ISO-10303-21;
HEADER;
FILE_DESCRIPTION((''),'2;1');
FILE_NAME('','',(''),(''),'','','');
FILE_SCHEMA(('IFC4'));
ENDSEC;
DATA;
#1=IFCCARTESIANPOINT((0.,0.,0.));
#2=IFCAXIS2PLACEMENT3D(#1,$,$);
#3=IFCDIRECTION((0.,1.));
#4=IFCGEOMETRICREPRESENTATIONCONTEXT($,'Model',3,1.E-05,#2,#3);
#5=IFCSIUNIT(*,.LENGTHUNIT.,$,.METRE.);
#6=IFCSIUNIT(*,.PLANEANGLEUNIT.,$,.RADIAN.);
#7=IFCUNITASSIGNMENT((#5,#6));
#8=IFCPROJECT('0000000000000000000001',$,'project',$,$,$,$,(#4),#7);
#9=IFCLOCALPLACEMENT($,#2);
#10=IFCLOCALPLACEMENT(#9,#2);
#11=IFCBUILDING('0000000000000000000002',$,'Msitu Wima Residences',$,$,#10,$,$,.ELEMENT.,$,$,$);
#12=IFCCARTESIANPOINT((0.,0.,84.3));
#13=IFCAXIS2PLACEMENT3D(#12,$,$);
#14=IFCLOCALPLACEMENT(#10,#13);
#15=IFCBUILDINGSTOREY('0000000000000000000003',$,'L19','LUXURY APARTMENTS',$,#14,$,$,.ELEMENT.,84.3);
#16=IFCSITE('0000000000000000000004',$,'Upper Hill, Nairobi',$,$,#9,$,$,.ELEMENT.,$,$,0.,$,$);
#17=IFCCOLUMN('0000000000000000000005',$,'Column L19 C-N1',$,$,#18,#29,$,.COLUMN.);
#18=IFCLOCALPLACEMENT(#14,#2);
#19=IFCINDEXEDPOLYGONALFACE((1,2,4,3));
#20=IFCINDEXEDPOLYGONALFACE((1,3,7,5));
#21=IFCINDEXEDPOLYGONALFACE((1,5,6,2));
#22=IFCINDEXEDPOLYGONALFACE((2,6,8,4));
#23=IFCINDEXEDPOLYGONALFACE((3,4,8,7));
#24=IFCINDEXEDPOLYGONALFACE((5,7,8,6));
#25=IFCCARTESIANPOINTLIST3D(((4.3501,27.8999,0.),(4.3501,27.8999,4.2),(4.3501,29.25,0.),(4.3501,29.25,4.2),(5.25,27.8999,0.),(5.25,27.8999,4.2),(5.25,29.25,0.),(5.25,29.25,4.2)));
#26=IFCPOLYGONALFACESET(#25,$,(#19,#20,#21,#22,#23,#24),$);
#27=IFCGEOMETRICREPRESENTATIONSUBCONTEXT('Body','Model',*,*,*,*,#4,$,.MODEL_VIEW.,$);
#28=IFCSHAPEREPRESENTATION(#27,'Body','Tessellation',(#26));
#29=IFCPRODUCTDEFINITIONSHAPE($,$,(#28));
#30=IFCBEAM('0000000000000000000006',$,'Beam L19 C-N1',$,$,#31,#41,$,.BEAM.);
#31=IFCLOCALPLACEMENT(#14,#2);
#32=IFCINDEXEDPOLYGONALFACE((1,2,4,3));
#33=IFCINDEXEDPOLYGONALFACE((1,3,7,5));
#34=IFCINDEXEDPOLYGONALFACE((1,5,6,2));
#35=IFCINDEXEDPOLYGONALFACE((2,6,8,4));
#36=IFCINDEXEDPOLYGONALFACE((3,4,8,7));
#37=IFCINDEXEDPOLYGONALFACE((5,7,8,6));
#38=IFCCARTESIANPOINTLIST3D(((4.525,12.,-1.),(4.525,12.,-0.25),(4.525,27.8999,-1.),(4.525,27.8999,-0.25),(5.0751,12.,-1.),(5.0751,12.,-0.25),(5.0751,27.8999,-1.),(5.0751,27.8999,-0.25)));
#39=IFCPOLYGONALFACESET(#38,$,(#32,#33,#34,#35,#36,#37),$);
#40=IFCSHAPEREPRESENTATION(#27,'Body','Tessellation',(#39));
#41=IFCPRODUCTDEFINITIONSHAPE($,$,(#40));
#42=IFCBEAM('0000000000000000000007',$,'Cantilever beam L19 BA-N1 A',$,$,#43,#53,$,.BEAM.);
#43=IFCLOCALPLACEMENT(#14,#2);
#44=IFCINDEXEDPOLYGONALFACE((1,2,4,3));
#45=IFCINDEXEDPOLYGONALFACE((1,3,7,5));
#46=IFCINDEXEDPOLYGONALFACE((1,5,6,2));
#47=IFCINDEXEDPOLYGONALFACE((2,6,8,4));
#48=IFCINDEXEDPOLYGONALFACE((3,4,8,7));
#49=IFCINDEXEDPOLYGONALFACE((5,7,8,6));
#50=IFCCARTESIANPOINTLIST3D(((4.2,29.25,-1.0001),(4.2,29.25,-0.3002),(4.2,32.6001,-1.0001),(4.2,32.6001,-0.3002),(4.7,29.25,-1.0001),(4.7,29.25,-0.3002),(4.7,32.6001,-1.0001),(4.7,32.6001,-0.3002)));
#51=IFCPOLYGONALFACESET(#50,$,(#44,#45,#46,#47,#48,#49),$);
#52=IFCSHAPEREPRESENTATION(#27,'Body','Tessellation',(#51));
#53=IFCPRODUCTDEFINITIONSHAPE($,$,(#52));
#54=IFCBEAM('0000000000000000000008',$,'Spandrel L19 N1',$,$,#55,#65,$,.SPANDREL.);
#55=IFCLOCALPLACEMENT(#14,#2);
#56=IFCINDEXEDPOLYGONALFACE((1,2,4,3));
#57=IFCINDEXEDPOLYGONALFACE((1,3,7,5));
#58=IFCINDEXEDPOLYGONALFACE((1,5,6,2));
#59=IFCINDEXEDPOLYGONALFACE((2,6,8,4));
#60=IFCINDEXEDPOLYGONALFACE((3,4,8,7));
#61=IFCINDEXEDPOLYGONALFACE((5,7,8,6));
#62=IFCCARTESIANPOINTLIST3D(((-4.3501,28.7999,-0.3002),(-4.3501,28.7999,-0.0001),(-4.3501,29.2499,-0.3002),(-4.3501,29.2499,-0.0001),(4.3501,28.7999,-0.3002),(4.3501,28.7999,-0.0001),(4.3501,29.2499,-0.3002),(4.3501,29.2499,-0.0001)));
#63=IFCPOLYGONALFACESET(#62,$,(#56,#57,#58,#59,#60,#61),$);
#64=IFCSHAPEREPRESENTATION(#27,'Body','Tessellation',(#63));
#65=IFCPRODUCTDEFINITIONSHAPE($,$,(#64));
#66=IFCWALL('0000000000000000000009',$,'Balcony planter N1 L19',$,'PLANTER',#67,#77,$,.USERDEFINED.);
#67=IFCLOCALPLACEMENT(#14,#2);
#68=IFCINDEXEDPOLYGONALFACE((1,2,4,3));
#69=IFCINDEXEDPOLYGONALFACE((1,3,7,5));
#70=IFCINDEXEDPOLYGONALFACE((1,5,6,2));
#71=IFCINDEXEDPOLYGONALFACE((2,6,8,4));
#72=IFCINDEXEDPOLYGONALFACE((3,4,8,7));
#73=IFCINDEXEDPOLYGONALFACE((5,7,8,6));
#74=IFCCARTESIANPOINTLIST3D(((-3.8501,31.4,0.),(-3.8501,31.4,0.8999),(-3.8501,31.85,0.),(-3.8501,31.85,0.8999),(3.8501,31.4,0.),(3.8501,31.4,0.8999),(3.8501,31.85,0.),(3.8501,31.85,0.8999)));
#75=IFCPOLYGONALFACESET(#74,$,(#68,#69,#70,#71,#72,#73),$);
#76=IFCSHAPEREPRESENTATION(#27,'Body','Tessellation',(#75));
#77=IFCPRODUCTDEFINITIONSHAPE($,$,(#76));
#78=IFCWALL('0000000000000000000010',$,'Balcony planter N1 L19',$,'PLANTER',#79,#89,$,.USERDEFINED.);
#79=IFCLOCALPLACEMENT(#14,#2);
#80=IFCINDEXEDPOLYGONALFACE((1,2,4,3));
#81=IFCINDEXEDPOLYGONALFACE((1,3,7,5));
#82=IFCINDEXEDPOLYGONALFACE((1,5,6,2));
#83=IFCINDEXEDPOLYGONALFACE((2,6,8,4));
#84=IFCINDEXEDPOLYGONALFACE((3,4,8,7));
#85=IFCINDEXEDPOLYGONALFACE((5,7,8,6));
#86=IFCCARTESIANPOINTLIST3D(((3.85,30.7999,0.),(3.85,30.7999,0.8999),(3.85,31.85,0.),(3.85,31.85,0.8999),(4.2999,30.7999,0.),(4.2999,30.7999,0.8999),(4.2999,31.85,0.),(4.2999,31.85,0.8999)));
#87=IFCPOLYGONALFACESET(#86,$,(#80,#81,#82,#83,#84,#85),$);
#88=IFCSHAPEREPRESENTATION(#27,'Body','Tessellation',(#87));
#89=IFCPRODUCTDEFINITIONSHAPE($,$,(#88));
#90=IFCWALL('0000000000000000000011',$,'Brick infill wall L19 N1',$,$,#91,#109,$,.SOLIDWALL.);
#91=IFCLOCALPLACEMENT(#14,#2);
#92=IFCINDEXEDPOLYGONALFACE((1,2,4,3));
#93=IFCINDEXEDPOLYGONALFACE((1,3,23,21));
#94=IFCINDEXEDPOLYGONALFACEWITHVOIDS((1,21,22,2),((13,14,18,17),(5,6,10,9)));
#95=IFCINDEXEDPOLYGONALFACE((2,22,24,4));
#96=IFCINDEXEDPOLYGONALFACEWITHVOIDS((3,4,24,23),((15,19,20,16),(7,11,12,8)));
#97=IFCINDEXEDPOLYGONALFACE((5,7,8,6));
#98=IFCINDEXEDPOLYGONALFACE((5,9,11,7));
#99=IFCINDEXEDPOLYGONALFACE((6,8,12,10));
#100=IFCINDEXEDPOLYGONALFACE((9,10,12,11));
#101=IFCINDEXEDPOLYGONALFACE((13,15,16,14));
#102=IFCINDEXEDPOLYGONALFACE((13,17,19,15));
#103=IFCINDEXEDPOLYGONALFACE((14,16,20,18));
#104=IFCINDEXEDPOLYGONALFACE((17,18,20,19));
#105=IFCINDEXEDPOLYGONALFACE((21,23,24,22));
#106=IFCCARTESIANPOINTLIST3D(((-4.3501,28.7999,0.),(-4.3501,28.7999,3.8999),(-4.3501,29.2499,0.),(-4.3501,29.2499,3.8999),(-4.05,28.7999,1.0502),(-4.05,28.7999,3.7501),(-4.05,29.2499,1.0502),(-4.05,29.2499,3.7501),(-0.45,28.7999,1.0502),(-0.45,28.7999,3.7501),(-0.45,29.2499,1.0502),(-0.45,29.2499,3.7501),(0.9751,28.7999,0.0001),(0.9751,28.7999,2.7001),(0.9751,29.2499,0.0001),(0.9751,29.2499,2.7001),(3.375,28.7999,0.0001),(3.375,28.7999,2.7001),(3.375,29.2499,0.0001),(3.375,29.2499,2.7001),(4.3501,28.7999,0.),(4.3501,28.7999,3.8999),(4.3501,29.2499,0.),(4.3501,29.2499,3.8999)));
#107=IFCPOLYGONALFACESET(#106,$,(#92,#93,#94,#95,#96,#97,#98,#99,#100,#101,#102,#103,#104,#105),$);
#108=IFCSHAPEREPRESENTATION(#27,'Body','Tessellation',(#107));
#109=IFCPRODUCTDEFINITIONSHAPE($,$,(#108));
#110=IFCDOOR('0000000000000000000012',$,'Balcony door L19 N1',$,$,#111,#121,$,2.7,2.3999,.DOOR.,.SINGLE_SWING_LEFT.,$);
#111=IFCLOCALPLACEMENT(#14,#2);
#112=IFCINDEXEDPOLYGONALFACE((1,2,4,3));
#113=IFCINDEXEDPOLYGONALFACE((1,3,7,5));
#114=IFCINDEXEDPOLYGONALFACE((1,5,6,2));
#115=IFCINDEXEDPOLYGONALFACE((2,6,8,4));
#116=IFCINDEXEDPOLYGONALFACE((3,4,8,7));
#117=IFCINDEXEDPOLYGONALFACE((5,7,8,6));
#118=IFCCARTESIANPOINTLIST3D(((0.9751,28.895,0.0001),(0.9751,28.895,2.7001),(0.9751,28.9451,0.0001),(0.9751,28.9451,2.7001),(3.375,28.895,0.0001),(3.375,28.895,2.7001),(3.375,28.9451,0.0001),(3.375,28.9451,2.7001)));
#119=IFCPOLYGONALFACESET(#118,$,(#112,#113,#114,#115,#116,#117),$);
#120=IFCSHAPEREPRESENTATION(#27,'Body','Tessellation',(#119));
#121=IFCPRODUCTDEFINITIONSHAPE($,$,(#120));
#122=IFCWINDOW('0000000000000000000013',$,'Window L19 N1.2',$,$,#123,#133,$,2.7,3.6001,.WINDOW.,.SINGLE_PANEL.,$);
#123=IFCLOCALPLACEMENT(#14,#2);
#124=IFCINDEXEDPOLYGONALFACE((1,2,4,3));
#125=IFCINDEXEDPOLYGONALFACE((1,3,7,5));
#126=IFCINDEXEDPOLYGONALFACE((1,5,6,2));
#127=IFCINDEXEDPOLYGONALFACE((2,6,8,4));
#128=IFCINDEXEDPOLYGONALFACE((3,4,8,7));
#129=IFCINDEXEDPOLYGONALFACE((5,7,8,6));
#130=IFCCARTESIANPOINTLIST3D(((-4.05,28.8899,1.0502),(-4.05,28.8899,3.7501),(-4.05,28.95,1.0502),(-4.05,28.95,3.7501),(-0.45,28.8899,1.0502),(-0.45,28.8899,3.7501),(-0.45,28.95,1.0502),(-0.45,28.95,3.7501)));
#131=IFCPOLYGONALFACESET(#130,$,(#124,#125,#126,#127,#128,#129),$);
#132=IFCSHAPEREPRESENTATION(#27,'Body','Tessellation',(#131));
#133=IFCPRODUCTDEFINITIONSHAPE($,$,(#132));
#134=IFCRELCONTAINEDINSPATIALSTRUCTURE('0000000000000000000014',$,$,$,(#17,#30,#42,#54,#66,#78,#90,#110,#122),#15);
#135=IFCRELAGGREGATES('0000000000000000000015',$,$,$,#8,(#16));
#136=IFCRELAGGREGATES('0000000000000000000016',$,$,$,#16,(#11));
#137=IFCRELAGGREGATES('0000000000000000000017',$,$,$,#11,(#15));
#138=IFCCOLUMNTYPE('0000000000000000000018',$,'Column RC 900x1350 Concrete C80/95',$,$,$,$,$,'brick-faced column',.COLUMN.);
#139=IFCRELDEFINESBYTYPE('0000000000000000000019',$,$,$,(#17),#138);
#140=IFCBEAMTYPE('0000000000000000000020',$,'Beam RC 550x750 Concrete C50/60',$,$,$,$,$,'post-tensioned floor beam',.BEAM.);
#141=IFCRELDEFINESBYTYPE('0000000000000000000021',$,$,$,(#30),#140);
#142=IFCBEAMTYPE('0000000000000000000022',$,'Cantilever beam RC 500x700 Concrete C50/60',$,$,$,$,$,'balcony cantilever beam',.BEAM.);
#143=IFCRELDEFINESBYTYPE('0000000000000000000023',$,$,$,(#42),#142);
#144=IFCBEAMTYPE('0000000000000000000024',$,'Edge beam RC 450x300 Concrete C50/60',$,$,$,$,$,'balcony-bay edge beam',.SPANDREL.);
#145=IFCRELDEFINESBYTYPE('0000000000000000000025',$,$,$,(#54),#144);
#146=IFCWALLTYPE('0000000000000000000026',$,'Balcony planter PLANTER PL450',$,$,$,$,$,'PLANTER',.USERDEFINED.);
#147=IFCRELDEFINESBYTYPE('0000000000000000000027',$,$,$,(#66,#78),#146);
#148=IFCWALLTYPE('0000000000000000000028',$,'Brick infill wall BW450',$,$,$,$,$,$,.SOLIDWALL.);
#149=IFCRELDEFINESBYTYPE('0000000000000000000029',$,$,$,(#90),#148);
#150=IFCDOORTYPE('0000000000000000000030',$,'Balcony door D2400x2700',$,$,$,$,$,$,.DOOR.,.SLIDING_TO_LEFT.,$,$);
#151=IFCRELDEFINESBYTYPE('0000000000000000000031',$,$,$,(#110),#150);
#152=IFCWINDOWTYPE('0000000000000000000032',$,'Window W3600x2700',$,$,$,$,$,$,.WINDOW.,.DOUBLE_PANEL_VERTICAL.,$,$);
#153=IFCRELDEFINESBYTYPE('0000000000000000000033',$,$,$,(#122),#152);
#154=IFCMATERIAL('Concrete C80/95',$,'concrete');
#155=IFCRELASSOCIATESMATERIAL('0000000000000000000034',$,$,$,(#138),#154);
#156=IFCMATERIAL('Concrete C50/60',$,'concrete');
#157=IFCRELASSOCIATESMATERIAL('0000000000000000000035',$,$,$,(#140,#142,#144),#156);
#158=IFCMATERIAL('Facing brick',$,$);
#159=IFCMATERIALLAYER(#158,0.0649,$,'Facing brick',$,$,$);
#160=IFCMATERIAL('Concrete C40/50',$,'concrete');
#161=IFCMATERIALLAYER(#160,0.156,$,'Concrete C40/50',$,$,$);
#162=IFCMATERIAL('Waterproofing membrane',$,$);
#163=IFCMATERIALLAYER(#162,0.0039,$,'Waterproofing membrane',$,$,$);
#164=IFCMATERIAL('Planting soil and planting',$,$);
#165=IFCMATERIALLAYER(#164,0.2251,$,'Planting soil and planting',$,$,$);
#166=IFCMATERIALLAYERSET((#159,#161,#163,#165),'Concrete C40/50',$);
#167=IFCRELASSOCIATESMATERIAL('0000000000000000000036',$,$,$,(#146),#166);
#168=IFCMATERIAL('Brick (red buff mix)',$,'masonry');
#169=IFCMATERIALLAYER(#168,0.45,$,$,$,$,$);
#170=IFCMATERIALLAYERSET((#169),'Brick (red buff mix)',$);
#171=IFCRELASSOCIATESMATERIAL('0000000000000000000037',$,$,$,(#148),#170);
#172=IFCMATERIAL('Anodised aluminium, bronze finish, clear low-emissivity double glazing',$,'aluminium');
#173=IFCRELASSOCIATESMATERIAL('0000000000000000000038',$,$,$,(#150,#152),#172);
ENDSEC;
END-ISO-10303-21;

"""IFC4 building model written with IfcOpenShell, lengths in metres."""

from ifc_helpers import new_model, si_unit, direction, frame, frame_2d, origin, origin_2d, place, context, subcontext, project, spatial, rectangle, extrude, material, layer, layer_set, material_profile, profile_set, type_object, element, fill, save


model = new_model("IFC4")

# Units and contexts
model_context = context("Model", 3, precision=1e-05, world=origin(), true_north=direction((0.0, 1.0)))
body_context = subcontext(model_context, "Body", "Model", "MODEL_VIEW")
ifc_project = project(units=[si_unit("LENGTHUNIT", "METRE"), si_unit("PLANEANGLEUNIT", "RADIAN")], contexts=[model_context])

# Site, building, storey
site_placement = place(None, origin())
site = spatial("IfcSite", under=ifc_project, at=site_placement, Name="Upper Hill, Nairobi", CompositionType="ELEMENT", RefElevation=0.0)
building_placement = place(site_placement, origin())
building = spatial("IfcBuilding", under=site, at=building_placement, Name="Msitu Wima Residences", CompositionType="ELEMENT")
storey_placement = place(building_placement, frame((0.0, 0.0, 84.3)))
storey = spatial("IfcBuildingStorey", under=building, at=storey_placement, Name="L19", Description="LUXURY APARTMENTS", CompositionType="ELEMENT", Elevation=84.3)

# Column
ifc_material_1 = material(Name="Concrete C80/95", Category="concrete")
ifc_material_profile_1 = material_profile(ifc_material_1, rectangle(XDim=0.8999, YDim=1.3501, at=origin_2d()), Name="RC 900x1350")
ifc_profile_set_1 = profile_set([ifc_material_profile_1], Name="Concrete C80/95")
column_type = type_object("IfcColumnType", Name="Column RC 900x1350 Concrete C80/95", ElementType="brick-faced column", PredefinedType="COLUMN", material=ifc_profile_set_1)
column_placement = place(storey_placement, frame((4.8, 28.575, 0.0), z_axis=(0.0, 0.0, 1.0), x_axis=(-1.0, 0.0, 0.0)))
element("IfcColumn", 1, at=column_placement, inside=storey, type_object=column_type, Name="Column L19 C-N1", PredefinedType="COLUMN", context=body_context, shape_type="SweptSolid", body=[
    extrude(rectangle(XDim=0.8999, YDim=1.3501, at=origin_2d()), origin(), (0.0, 0.0, 1.0), 4.2),
])

# Beams
ifc_material_2 = material(Name="Concrete C50/60", Category="concrete")
ifc_material_profile_2 = material_profile(ifc_material_2, rectangle(XDim=0.55, YDim=0.75, at=origin_2d()), Name="RC 550x750")
ifc_profile_set_2 = profile_set([ifc_material_profile_2], Name="Concrete C50/60")
beam_type_1 = type_object("IfcBeamType", Name="Beam RC 550x750 Concrete C50/60", ElementType="post-tensioned floor beam", PredefinedType="BEAM", material=ifc_profile_set_2)
beam_1_placement = place(storey_placement, frame((4.8, 27.8999, -0.625), z_axis=(0.0, -1.0, 0.0), x_axis=(1.0, 0.0, 0.0)))
element("IfcBeam", 2, at=beam_1_placement, inside=storey, type_object=beam_type_1, Name="Beam L19 C-N1", PredefinedType="BEAM", context=body_context, shape_type="SweptSolid", body=[
    extrude(rectangle(XDim=0.55, YDim=0.75, at=origin_2d()), origin(), (0.0, 0.0, 1.0), 15.8999),
])
ifc_material_profile_3 = material_profile(ifc_material_2, rectangle(XDim=0.5, YDim=0.7, at=origin_2d()), Name="RC 500x700")
ifc_profile_set_3 = profile_set([ifc_material_profile_3], Name="Concrete C50/60")
beam_type_2 = type_object("IfcBeamType", Name="Cantilever beam RC 500x700 Concrete C50/60", ElementType="balcony cantilever beam", PredefinedType="BEAM", material=ifc_profile_set_3)
beam_2_placement = place(storey_placement, frame((4.45, 29.25, -0.6501), z_axis=(0.0, 1.0, 0.0), x_axis=(-1.0, 0.0, 0.0)))
element("IfcBeam", 3, at=beam_2_placement, inside=storey, type_object=beam_type_2, Name="Cantilever beam L19 BA-N1 A", PredefinedType="BEAM", context=body_context, shape_type="SweptSolid", body=[
    extrude(rectangle(XDim=0.5, YDim=0.7, at=origin_2d()), origin(), (0.0, 0.0, 1.0), 3.3501),
])
ifc_material_profile_4 = material_profile(ifc_material_2, rectangle(XDim=0.45, YDim=0.3, at=origin_2d()), Name="RC 450x300")
ifc_profile_set_4 = profile_set([ifc_material_profile_4], Name="Concrete C50/60")
beam_type_3 = type_object("IfcBeamType", Name="Edge beam RC 450x300 Concrete C50/60", ElementType="balcony-bay edge beam", PredefinedType="SPANDREL", material=ifc_profile_set_4)
beam_3_placement = place(storey_placement, frame((4.3501, 29.0249, -0.1501), z_axis=(-1.0, 0.0, 0.0), x_axis=(0.0, -1.0, 0.0)))
element("IfcBeam", 4, at=beam_3_placement, inside=storey, type_object=beam_type_3, Name="Spandrel L19 N1", PredefinedType="SPANDREL", context=body_context, shape_type="SweptSolid", body=[
    extrude(rectangle(XDim=0.45, YDim=0.3, at=origin_2d()), origin(), (0.0, 0.0, 1.0), 8.7002),
])

# Walls
ifc_material_3 = material(Name="Facing brick")
ifc_layer_1 = layer(ifc_material_3, 0.0649, Name="Facing brick")
ifc_material_4 = material(Name="Concrete C40/50", Category="concrete")
ifc_layer_2 = layer(ifc_material_4, 0.156, Name="Concrete C40/50")
ifc_material_5 = material(Name="Waterproofing membrane")
ifc_layer_3 = layer(ifc_material_5, 0.0039, Name="Waterproofing membrane")
ifc_material_6 = material(Name="Planting soil and planting")
ifc_layer_4 = layer(ifc_material_6, 0.2251, Name="Planting soil and planting")
ifc_layer_set_1 = layer_set([ifc_layer_1, ifc_layer_2, ifc_layer_3, ifc_layer_4], Name="Concrete C40/50")
wall_type_1 = type_object("IfcWallType", Name="Balcony planter PLANTER PL450", ElementType="PLANTER", PredefinedType="USERDEFINED", material=ifc_layer_set_1)
wall_1_placement = place(storey_placement, frame((3.8501, 31.625, 0.0), z_axis=(0.0, 0.0, 1.0), x_axis=(-1.0, 0.0, 0.0)))
element("IfcWall", 5, at=wall_1_placement, inside=storey, type_object=wall_type_1, Name="Balcony planter N1 L19", ObjectType="PLANTER", PredefinedType="USERDEFINED", context=body_context, shape_type="SweptSolid", body=[
    extrude(rectangle(XDim=7.7002, YDim=0.45, at=frame_2d((3.8501, 0.0))), origin(), (0.0, 0.0, 1.0), 0.8999),
])
wall_2_placement = place(storey_placement, frame((4.075, 30.8, 0.0), z_axis=(0.0, 0.0, 1.0), x_axis=(0.0, 1.0, 0.0)))
element("IfcWall", 6, at=wall_2_placement, inside=storey, type_object=wall_type_1, Name="Balcony planter N1 L19", ObjectType="PLANTER", PredefinedType="USERDEFINED", context=body_context, shape_type="SweptSolid", body=[
    extrude(rectangle(XDim=1.05, YDim=0.45, at=frame_2d((0.5249, 0.0))), origin(), (0.0, 0.0, 1.0), 0.8999),
])

# Wall, openings, door, window
ifc_material_7 = material(Name="Brick (red buff mix)", Category="masonry")
ifc_layer_5 = layer(ifc_material_7, 0.45)
ifc_layer_set_2 = layer_set([ifc_layer_5], Name="Brick (red buff mix)")
wall_type_2 = type_object("IfcWallType", Name="Brick infill wall BW450", PredefinedType="SOLIDWALL", material=ifc_layer_set_2)
wall_3_placement = place(storey_placement, frame((4.3501, 29.0249, 0.0), z_axis=(0.0, 0.0, 1.0), x_axis=(-1.0, 0.0, 0.0)))
wall_3 = element("IfcWall", 7, at=wall_3_placement, inside=storey, type_object=wall_type_2, Name="Brick infill wall L19 N1", PredefinedType="SOLIDWALL", context=body_context, shape_type="SweptSolid", body=[
    extrude(rectangle(XDim=8.7002, YDim=0.45, at=frame_2d((4.3501, 0.0))), origin(), (0.0, 0.0, 1.0), 3.8999),
])
opening_1_placement = place(wall_3_placement, frame((0.9751, 0.0, 0.0)))
opening_1 = element("IfcOpeningElement", 8, at=opening_1_placement, cuts=wall_3, PredefinedType="OPENING", context=body_context, shape_type="SweptSolid", body=[
    extrude(rectangle(XDim=2.3999, YDim=2.7, at=frame_2d((1.2, 1.3501))), frame((0.0, 0.2349, 0.0), z_axis=(0.0, -1.0, 0.0), x_axis=(1.0, 0.0, 0.0)), (0.0, 0.0, 1.0), 0.47),
])
opening_2_placement = place(wall_3_placement, frame((4.8, 0.0, 1.05)))
opening_2 = element("IfcOpeningElement", 9, at=opening_2_placement, cuts=wall_3, PredefinedType="OPENING", context=body_context, shape_type="SweptSolid", body=[
    extrude(rectangle(XDim=3.6001, YDim=2.7, at=frame_2d((1.8, 1.3501))), frame((0.0, 0.2349, 0.0), z_axis=(0.0, -1.0, 0.0), x_axis=(1.0, 0.0, 0.0)), (0.0, 0.0, 1.0), 0.47),
])
ifc_material_8 = material(Name="Anodised aluminium, bronze finish, clear low-emissivity double glazing", Category="aluminium")
door_type_1 = type_object("IfcDoorType", Name="Balcony door D2400x2700", OperationType="SLIDING_TO_LEFT", PredefinedType="DOOR", material=ifc_material_8)
door_1_placement = place(opening_1_placement, origin())
door_1 = element("IfcDoor", 10, at=door_1_placement, inside=storey, type_object=door_type_1, Name="Balcony door L19 N1", OperationType="SINGLE_SWING_LEFT", OverallHeight=2.7, OverallWidth=2.3999, PredefinedType="DOOR", context=body_context, shape_type="SweptSolid", body=[
    extrude(rectangle(XDim=2.3999, YDim=2.7, at=frame_2d((1.2, 1.3501))), frame((0.0, 0.1299, 0.0), z_axis=(0.0, -1.0, 0.0), x_axis=(1.0, 0.0, 0.0)), (0.0, 0.0, 1.0), 0.05),
])
fill(opening_1, door_1)
window_type = type_object("IfcWindowType", Name="Window W3600x2700", PartitioningType="DOUBLE_PANEL_VERTICAL", PredefinedType="WINDOW", material=ifc_material_8)
window_placement = place(opening_2_placement, origin())
window = element("IfcWindow", 11, at=window_placement, inside=storey, type_object=window_type, Name="Window L19 N1.2", OverallHeight=2.7, OverallWidth=3.6001, PartitioningType="SINGLE_PANEL", PredefinedType="WINDOW", context=body_context, shape_type="SweptSolid", body=[
    extrude(rectangle(XDim=3.6001, YDim=2.7, at=frame_2d((1.8, 1.3501))), frame((0.0, 0.135, 0.0), z_axis=(0.0, -1.0, 0.0), x_axis=(1.0, 0.0, 0.0)), (0.0, 0.0, 1.0), 0.0601),
])
fill(opening_2, window)

save(model, "model.ifc")
